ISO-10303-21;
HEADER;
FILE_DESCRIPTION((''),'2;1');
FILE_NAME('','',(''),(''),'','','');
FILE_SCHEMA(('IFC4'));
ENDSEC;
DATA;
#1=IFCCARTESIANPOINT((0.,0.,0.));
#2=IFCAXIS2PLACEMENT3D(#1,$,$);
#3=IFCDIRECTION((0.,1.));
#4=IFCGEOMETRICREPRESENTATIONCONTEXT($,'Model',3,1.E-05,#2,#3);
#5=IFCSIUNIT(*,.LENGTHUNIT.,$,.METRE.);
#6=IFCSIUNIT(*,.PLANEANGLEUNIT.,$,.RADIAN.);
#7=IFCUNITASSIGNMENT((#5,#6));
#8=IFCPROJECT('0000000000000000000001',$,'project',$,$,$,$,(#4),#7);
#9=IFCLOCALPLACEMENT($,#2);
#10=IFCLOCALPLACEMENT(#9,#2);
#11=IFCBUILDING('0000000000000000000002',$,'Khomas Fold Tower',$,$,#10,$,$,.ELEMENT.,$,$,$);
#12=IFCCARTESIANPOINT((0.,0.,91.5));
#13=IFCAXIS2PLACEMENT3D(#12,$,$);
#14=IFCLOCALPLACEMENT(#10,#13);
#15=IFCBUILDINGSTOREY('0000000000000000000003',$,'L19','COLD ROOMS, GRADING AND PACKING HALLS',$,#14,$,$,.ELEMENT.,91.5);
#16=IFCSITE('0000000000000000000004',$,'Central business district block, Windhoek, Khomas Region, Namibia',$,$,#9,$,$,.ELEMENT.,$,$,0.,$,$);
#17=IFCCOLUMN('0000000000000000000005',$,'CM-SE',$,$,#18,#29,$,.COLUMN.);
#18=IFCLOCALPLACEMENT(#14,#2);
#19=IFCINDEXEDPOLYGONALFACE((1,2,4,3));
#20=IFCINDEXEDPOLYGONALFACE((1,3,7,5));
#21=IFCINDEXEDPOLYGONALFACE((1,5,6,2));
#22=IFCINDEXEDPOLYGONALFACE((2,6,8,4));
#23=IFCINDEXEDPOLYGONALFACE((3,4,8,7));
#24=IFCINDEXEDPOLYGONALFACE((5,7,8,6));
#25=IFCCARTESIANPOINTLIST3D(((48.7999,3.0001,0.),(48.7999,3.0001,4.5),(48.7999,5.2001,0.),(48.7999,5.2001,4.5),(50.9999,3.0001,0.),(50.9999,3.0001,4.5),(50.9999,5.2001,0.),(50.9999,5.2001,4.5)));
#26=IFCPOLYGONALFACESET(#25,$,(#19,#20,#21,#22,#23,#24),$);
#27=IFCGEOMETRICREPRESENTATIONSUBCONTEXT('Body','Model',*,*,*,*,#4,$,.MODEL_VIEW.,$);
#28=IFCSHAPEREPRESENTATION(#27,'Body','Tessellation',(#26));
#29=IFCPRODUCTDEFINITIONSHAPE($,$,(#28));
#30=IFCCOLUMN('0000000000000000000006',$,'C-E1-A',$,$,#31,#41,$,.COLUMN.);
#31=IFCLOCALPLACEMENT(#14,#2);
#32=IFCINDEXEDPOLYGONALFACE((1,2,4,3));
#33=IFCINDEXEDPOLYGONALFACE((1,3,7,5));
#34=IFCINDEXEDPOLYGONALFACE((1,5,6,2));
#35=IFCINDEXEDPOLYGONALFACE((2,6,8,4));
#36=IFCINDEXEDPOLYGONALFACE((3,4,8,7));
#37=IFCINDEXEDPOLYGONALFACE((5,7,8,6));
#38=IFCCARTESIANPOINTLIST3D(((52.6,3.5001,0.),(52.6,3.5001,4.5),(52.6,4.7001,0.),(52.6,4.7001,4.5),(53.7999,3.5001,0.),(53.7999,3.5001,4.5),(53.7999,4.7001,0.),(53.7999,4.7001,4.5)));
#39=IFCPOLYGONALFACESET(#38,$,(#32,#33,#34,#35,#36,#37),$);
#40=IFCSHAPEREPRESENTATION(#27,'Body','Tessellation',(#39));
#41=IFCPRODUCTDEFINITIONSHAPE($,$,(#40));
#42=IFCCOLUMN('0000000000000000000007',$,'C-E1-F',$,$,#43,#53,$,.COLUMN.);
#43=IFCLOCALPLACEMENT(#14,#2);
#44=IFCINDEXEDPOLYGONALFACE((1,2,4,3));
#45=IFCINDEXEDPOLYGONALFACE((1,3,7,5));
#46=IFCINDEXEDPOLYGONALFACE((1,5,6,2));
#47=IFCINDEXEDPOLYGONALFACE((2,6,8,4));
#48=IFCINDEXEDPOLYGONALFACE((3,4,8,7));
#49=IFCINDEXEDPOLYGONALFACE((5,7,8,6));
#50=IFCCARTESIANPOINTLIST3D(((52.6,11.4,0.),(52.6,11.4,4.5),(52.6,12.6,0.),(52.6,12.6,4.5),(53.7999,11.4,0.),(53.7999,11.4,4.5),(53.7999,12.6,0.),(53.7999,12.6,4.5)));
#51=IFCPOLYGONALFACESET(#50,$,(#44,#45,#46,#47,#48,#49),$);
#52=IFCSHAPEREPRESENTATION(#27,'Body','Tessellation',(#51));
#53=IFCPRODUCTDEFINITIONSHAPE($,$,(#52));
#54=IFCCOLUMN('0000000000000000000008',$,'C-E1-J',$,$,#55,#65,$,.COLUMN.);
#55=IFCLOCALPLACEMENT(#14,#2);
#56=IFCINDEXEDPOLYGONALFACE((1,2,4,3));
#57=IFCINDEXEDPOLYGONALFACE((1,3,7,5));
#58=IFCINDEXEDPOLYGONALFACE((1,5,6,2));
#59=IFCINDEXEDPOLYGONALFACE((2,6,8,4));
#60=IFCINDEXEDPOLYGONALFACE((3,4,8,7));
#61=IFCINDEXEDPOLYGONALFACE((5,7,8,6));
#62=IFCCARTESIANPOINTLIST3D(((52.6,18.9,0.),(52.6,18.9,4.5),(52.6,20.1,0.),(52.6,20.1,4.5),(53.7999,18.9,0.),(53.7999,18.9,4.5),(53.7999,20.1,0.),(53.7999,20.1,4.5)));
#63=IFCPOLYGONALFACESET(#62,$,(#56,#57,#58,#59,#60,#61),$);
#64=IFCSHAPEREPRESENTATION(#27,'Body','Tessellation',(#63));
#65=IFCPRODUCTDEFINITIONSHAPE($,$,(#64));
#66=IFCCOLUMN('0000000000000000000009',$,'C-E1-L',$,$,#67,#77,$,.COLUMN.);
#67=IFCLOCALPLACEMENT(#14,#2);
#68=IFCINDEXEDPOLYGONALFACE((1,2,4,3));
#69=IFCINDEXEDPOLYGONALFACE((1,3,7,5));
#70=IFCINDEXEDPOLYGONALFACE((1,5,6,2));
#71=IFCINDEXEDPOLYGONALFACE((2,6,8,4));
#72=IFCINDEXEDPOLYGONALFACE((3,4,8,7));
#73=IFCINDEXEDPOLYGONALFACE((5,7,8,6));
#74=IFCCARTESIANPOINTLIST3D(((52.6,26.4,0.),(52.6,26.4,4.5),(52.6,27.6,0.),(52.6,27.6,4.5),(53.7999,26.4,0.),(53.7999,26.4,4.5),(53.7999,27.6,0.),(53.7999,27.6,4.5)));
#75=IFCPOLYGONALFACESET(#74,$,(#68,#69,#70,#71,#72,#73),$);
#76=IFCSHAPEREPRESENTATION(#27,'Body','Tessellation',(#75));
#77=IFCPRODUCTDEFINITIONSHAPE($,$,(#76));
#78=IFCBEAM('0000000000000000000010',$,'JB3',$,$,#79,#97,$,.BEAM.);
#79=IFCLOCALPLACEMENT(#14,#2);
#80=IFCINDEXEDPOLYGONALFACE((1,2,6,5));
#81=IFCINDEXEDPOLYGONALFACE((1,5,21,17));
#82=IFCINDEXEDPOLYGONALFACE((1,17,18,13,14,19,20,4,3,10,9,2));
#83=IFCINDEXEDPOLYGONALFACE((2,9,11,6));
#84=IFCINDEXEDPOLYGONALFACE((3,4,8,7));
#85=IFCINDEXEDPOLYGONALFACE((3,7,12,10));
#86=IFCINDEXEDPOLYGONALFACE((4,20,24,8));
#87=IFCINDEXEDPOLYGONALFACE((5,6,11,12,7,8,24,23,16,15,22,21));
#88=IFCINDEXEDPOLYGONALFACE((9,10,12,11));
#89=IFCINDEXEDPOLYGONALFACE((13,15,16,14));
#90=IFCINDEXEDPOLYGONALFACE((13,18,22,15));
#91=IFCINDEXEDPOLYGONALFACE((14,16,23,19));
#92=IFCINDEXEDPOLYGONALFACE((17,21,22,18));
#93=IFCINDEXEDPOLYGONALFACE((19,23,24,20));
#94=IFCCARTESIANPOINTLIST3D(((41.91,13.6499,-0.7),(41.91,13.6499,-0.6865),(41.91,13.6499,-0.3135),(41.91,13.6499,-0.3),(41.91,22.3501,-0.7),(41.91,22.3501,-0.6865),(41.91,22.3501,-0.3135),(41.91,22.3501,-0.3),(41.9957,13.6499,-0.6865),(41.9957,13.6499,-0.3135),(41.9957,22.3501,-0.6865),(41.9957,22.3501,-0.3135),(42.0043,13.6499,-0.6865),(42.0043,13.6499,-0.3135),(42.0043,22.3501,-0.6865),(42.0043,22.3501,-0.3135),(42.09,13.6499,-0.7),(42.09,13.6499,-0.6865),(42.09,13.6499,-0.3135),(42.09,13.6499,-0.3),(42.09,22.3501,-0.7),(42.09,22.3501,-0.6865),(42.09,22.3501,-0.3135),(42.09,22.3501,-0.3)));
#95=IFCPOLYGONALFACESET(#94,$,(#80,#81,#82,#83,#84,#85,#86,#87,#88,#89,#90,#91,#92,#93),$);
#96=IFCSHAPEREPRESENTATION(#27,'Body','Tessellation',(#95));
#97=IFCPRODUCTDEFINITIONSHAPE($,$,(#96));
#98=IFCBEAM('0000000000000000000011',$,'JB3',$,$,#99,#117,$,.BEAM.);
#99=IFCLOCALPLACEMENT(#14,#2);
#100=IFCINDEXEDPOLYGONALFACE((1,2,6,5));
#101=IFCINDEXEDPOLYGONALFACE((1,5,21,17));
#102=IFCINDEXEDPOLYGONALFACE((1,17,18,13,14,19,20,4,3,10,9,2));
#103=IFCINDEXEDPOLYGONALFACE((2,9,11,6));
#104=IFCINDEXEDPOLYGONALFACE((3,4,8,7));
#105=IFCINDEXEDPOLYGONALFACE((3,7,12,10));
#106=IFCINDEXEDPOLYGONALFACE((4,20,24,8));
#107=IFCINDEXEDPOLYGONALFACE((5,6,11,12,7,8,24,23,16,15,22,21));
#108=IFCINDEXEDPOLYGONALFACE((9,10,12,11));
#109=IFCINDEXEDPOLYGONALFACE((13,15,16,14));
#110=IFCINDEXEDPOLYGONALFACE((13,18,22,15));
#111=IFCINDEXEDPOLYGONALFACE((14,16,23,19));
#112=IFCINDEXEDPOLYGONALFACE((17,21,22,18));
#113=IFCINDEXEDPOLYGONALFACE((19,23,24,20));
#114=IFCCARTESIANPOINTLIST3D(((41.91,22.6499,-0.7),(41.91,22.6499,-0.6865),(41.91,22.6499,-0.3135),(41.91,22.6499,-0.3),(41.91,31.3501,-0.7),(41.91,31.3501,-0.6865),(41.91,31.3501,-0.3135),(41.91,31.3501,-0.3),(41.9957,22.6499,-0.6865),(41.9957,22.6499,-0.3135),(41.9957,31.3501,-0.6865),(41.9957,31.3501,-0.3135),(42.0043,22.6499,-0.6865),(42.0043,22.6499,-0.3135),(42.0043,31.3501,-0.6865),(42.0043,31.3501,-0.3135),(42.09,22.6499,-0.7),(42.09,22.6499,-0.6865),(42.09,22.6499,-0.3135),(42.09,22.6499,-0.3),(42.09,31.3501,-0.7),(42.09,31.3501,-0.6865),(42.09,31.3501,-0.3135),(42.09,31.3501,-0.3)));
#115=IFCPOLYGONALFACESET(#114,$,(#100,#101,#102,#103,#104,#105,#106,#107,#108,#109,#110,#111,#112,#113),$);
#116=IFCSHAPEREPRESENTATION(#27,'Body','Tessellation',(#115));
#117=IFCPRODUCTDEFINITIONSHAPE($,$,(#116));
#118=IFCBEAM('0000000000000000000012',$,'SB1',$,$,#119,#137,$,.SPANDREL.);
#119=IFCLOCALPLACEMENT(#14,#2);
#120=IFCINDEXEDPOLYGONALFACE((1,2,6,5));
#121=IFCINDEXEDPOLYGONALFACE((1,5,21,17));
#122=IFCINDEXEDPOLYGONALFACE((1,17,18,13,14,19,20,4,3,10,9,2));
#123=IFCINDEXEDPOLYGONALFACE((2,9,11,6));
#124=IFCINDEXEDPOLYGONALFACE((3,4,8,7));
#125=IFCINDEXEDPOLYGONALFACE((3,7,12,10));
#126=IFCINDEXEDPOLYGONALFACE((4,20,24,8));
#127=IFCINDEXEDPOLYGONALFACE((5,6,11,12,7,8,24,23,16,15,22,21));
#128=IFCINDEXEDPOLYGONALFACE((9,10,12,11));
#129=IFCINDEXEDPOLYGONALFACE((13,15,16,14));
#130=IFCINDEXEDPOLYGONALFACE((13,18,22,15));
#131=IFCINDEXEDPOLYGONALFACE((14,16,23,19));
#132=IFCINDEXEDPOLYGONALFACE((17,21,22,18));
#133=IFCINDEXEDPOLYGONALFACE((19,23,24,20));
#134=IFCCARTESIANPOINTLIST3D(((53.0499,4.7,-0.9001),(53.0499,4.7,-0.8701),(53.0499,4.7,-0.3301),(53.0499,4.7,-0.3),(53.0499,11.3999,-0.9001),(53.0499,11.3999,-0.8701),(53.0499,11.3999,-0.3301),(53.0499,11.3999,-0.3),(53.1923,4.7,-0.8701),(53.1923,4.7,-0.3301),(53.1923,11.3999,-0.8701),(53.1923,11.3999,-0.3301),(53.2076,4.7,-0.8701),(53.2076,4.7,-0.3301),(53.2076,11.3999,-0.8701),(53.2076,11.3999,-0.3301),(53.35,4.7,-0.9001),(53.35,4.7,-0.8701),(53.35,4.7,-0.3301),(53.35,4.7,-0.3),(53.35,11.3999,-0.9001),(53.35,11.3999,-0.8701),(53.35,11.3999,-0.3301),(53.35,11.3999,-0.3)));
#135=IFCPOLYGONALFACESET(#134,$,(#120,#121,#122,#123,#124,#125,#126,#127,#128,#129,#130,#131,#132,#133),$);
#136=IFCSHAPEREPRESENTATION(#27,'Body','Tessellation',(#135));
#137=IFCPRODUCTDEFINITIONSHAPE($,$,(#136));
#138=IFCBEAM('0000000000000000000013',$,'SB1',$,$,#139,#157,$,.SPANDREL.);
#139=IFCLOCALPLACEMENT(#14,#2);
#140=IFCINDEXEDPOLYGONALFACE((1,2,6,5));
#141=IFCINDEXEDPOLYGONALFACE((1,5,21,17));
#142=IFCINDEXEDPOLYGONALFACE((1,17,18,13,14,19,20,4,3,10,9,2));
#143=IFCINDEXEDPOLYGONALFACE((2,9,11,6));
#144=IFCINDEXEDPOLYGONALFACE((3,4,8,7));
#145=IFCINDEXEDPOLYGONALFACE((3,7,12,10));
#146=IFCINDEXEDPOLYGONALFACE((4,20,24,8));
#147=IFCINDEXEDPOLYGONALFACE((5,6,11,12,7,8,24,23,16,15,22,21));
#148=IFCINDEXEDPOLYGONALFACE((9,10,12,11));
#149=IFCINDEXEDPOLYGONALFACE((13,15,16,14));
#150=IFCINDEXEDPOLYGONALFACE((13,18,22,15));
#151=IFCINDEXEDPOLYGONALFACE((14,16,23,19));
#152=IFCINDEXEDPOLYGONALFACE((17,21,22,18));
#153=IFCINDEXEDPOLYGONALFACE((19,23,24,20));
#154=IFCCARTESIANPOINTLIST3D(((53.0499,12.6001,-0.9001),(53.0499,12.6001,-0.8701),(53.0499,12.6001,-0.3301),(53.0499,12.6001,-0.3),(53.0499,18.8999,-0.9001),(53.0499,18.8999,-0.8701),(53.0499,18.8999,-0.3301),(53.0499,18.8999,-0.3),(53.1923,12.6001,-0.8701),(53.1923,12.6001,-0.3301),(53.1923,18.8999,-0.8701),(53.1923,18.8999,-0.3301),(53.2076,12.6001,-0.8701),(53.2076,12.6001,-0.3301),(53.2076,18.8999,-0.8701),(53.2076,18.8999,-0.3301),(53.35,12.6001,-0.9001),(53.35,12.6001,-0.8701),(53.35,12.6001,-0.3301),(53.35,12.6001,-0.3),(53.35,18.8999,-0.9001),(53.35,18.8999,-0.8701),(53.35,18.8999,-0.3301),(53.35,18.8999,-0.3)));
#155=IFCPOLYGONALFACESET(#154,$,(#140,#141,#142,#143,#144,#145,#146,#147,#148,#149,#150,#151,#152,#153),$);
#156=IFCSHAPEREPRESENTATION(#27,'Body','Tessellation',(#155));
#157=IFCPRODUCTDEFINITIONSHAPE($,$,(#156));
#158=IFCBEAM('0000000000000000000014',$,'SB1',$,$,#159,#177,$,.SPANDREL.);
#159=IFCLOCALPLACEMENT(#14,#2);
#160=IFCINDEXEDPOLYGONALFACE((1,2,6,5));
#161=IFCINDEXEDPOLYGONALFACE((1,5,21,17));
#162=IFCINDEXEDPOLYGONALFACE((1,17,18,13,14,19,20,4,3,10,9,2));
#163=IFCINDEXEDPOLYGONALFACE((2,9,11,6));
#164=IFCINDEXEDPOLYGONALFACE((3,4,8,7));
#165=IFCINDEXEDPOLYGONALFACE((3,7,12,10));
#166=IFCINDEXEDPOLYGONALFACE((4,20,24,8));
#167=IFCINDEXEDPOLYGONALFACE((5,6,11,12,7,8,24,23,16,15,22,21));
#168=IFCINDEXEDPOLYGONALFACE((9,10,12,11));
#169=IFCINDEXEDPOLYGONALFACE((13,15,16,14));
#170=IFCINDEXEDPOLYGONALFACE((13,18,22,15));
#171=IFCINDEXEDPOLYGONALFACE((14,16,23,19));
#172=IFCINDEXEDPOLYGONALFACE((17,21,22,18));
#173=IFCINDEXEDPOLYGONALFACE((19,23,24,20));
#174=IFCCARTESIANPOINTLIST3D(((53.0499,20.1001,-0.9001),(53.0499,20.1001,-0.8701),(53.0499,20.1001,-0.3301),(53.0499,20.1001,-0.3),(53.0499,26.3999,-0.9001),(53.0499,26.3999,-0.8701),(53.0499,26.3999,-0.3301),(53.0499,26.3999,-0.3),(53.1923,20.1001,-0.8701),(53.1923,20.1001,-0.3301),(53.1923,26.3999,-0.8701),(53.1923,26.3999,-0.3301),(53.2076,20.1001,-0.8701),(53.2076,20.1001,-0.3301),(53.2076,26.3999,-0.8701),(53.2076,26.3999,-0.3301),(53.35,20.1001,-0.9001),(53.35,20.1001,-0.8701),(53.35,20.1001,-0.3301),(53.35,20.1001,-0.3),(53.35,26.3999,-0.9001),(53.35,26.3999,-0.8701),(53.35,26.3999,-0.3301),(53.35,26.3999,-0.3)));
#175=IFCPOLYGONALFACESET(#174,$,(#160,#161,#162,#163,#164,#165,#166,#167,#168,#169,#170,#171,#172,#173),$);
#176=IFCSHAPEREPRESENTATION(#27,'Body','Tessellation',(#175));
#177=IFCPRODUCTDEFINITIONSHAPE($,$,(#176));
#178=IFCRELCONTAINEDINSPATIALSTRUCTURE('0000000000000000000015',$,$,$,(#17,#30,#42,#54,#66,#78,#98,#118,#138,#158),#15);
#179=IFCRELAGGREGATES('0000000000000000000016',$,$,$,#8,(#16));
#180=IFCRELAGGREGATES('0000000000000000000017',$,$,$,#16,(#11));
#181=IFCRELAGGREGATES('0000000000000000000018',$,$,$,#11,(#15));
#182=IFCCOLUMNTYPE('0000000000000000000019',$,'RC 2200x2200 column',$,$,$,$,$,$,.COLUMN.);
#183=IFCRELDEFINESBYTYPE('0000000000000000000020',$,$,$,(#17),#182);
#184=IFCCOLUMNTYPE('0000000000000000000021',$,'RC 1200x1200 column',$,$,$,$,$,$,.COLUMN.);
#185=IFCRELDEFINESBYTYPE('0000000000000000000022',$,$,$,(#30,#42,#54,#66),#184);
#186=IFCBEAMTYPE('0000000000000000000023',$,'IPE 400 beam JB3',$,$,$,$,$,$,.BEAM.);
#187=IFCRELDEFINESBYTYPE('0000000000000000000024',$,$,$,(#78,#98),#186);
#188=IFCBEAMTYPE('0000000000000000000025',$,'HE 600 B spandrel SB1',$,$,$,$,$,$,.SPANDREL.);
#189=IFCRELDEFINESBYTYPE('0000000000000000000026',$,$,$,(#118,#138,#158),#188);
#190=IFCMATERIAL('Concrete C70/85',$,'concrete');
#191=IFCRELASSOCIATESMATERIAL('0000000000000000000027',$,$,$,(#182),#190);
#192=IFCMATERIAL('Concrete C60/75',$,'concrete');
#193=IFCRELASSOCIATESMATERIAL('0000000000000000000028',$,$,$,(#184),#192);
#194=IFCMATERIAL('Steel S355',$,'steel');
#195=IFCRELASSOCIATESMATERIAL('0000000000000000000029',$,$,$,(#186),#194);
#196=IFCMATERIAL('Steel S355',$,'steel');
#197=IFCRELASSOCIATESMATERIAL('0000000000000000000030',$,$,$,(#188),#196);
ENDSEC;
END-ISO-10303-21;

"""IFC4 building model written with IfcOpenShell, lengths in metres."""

from ifc_helpers import new_model, si_unit, direction, frame, origin, origin_2d, place, context, subcontext, project, spatial, rectangle, i_section, extrude, source, transform, mapped, material, material_profile, profile_set, type_object, element, save


model = new_model("IFC4")

# Units and contexts
model_context = context("Model", 3, precision=1e-05, world=origin(), true_north=direction((0.0, 1.0)))
body_context = subcontext(model_context, "Body", "Model", "MODEL_VIEW")
ifc_project = project(units=[si_unit("LENGTHUNIT", "METRE"), si_unit("PLANEANGLEUNIT", "RADIAN")], contexts=[model_context])

# Site, building, storey
site_placement = place(None, origin())
site = spatial("IfcSite", under=ifc_project, at=site_placement, Name="Central business district block, Windhoek, Khomas Region, Namibia", CompositionType="ELEMENT", RefElevation=0.0)
building_placement = place(site_placement, origin())
building = spatial("IfcBuilding", under=site, at=building_placement, Name="Khomas Fold Tower", CompositionType="ELEMENT")
storey_placement = place(building_placement, frame((0.0, 0.0, 91.5)))
storey = spatial("IfcBuildingStorey", under=building, at=storey_placement, Name="L19", Description="COLD ROOMS, GRADING AND PACKING HALLS", CompositionType="ELEMENT", Elevation=91.5)

# Columns
ifc_material_1 = material(Name="Concrete C70/85", Category="concrete")
ifc_material_profile_1 = material_profile(ifc_material_1, rectangle(XDim=2.2, YDim=2.2, at=origin_2d()), Name="RC 2200x2200")
ifc_profile_set_1 = profile_set([ifc_material_profile_1], Name="Concrete C70/85")
column_type_1 = type_object("IfcColumnType", Name="RC 2200x2200 column", PredefinedType="COLUMN", material=ifc_profile_set_1)
shared_shape_1 = source(origin(), body_context, "Body", "SweptSolid", [
    extrude(rectangle(XDim=2.2, YDim=2.2, at=origin_2d()), origin(), (0.0, 0.0, 1.0), 4.5),
])
column_placement = place(storey_placement, frame((49.8999, 4.1001, 0.0), z_axis=(0.0, 0.0, 1.0), x_axis=(1.0, 0.0, 0.0)))
element("IfcColumn", 1, at=column_placement, inside=storey, type_object=column_type_1, Name="CM-SE", PredefinedType="COLUMN", context=body_context, shape_type="MappedRepresentation", body=[
    mapped(shared_shape_1, transform((0.0, 0.0, 0.0))),
])
ifc_material_2 = material(Name="Concrete C60/75", Category="concrete")
ifc_material_profile_2 = material_profile(ifc_material_2, rectangle(XDim=1.2, YDim=1.2, at=origin_2d()), Name="RC 1200x1200")
ifc_profile_set_2 = profile_set([ifc_material_profile_2], Name="Concrete C60/75")
column_type_2 = type_object("IfcColumnType", Name="RC 1200x1200 column", PredefinedType="COLUMN", material=ifc_profile_set_2)
shared_shape_2 = source(origin(), body_context, "Body", "SweptSolid", [
    extrude(rectangle(XDim=1.2, YDim=1.2, at=origin_2d()), origin(), (0.0, 0.0, 1.0), 4.5),
])
for number, where, z_axis, x_axis, name in (
    (2, (53.2, 4.1001, 0.0), (0.0, 0.0, 1.0), (1.0, 0.0, 0.0), "C-E1-A"),
    (3, (53.2, 12.0, 0.0), (0.0, 0.0, 1.0), (1.0, 0.0, 0.0), "C-E1-F"),
    (4, (53.2, 19.5, 0.0), (0.0, 0.0, 1.0), (1.0, 0.0, 0.0), "C-E1-J"),
    (5, (53.2, 27.0, 0.0), (0.0, 0.0, 1.0), (1.0, 0.0, 0.0), "C-E1-L"),
):
    element("IfcColumn", number, at=place(storey_placement, frame(where, z_axis=z_axis, x_axis=x_axis)), inside=storey, type_object=column_type_2, Name=name, PredefinedType="COLUMN", context=body_context, shape_type="MappedRepresentation", body=[
        mapped(shared_shape_2, transform((0.0, 0.0, 0.0))),
    ])

# Beams
ifc_material_3 = material(Name="Steel S355", Category="steel")
ifc_material_profile_3 = material_profile(ifc_material_3, i_section(OverallWidth=0.1799, OverallDepth=0.3999, WebThickness=0.0085, FlangeThickness=0.0134, at=origin_2d()), Name="IPE 400")
ifc_profile_set_3 = profile_set([ifc_material_profile_3], Name="Steel S355")
beam_type_1 = type_object("IfcBeamType", Name="IPE 400 beam JB3", PredefinedType="BEAM", material=ifc_profile_set_3)
shared_shape_3 = source(origin(), body_context, "Body", "SweptSolid", [
    extrude(i_section(OverallWidth=0.1799, OverallDepth=0.3999, WebThickness=0.0085, FlangeThickness=0.0134, at=origin_2d()), origin(), (0.0, 0.0, 1.0), 8.7002),
])
for number, where, z_axis, x_axis, name in (
    (6, (42.0, 13.6499, -0.5), (0.0, 1.0, 0.0), (-1.0, 0.0, 0.0), "JB3"),
    (7, (42.0, 22.6499, -0.5), (0.0, 1.0, 0.0), (-1.0, 0.0, 0.0), "JB3"),
):
    element("IfcBeam", number, at=place(storey_placement, frame(where, z_axis=z_axis, x_axis=x_axis)), inside=storey, type_object=beam_type_1, Name=name, PredefinedType="BEAM", context=body_context, shape_type="MappedRepresentation", body=[
        mapped(shared_shape_3, transform((0.0, 0.0, 0.0))),
    ])
ifc_material_4 = material(Name="Steel S355", Category="steel")
ifc_material_profile_4 = material_profile(ifc_material_4, i_section(OverallWidth=0.3, OverallDepth=0.6001, WebThickness=0.0154, FlangeThickness=0.03, at=origin_2d()), Name="HE 600 B")
ifc_profile_set_4 = profile_set([ifc_material_profile_4], Name="Steel S355")
beam_type_2 = type_object("IfcBeamType", Name="HE 600 B spandrel SB1", PredefinedType="SPANDREL", material=ifc_profile_set_4)
shared_shape_4 = source(origin(), body_context, "Body", "SweptSolid", [
    extrude(i_section(OverallWidth=0.3, OverallDepth=0.6001, WebThickness=0.0154, FlangeThickness=0.03, at=origin_2d()), origin(), (0.0, 0.0, 1.0), 6.7),
])
beam_1_placement = place(storey_placement, frame((53.2, 4.7, -0.6001), z_axis=(0.0, 1.0, 0.0), x_axis=(-1.0, 0.0, 0.0)))
element("IfcBeam", 8, at=beam_1_placement, inside=storey, type_object=beam_type_2, Name="SB1", PredefinedType="SPANDREL", context=body_context, shape_type="MappedRepresentation", body=[
    mapped(shared_shape_4, transform((0.0, 0.0, 0.0))),
])
shared_shape_5 = source(origin(), body_context, "Body", "SweptSolid", [
    extrude(i_section(OverallWidth=0.3, OverallDepth=0.6001, WebThickness=0.0154, FlangeThickness=0.03, at=origin_2d()), origin(), (0.0, 0.0, 1.0), 6.2998),
])
for number, where, z_axis, x_axis, name in (
    (9, (53.2, 12.6001, -0.6001), (0.0, 1.0, 0.0), (-1.0, 0.0, 0.0), "SB1"),
    (10, (53.2, 20.1001, -0.6001), (0.0, 1.0, 0.0), (-1.0, 0.0, 0.0), "SB1"),
):
    element("IfcBeam", number, at=place(storey_placement, frame(where, z_axis=z_axis, x_axis=x_axis)), inside=storey, type_object=beam_type_2, Name=name, PredefinedType="SPANDREL", context=body_context, shape_type="MappedRepresentation", body=[
        mapped(shared_shape_5, transform((0.0, 0.0, 0.0))),
    ])

save(model, "model.ifc")
